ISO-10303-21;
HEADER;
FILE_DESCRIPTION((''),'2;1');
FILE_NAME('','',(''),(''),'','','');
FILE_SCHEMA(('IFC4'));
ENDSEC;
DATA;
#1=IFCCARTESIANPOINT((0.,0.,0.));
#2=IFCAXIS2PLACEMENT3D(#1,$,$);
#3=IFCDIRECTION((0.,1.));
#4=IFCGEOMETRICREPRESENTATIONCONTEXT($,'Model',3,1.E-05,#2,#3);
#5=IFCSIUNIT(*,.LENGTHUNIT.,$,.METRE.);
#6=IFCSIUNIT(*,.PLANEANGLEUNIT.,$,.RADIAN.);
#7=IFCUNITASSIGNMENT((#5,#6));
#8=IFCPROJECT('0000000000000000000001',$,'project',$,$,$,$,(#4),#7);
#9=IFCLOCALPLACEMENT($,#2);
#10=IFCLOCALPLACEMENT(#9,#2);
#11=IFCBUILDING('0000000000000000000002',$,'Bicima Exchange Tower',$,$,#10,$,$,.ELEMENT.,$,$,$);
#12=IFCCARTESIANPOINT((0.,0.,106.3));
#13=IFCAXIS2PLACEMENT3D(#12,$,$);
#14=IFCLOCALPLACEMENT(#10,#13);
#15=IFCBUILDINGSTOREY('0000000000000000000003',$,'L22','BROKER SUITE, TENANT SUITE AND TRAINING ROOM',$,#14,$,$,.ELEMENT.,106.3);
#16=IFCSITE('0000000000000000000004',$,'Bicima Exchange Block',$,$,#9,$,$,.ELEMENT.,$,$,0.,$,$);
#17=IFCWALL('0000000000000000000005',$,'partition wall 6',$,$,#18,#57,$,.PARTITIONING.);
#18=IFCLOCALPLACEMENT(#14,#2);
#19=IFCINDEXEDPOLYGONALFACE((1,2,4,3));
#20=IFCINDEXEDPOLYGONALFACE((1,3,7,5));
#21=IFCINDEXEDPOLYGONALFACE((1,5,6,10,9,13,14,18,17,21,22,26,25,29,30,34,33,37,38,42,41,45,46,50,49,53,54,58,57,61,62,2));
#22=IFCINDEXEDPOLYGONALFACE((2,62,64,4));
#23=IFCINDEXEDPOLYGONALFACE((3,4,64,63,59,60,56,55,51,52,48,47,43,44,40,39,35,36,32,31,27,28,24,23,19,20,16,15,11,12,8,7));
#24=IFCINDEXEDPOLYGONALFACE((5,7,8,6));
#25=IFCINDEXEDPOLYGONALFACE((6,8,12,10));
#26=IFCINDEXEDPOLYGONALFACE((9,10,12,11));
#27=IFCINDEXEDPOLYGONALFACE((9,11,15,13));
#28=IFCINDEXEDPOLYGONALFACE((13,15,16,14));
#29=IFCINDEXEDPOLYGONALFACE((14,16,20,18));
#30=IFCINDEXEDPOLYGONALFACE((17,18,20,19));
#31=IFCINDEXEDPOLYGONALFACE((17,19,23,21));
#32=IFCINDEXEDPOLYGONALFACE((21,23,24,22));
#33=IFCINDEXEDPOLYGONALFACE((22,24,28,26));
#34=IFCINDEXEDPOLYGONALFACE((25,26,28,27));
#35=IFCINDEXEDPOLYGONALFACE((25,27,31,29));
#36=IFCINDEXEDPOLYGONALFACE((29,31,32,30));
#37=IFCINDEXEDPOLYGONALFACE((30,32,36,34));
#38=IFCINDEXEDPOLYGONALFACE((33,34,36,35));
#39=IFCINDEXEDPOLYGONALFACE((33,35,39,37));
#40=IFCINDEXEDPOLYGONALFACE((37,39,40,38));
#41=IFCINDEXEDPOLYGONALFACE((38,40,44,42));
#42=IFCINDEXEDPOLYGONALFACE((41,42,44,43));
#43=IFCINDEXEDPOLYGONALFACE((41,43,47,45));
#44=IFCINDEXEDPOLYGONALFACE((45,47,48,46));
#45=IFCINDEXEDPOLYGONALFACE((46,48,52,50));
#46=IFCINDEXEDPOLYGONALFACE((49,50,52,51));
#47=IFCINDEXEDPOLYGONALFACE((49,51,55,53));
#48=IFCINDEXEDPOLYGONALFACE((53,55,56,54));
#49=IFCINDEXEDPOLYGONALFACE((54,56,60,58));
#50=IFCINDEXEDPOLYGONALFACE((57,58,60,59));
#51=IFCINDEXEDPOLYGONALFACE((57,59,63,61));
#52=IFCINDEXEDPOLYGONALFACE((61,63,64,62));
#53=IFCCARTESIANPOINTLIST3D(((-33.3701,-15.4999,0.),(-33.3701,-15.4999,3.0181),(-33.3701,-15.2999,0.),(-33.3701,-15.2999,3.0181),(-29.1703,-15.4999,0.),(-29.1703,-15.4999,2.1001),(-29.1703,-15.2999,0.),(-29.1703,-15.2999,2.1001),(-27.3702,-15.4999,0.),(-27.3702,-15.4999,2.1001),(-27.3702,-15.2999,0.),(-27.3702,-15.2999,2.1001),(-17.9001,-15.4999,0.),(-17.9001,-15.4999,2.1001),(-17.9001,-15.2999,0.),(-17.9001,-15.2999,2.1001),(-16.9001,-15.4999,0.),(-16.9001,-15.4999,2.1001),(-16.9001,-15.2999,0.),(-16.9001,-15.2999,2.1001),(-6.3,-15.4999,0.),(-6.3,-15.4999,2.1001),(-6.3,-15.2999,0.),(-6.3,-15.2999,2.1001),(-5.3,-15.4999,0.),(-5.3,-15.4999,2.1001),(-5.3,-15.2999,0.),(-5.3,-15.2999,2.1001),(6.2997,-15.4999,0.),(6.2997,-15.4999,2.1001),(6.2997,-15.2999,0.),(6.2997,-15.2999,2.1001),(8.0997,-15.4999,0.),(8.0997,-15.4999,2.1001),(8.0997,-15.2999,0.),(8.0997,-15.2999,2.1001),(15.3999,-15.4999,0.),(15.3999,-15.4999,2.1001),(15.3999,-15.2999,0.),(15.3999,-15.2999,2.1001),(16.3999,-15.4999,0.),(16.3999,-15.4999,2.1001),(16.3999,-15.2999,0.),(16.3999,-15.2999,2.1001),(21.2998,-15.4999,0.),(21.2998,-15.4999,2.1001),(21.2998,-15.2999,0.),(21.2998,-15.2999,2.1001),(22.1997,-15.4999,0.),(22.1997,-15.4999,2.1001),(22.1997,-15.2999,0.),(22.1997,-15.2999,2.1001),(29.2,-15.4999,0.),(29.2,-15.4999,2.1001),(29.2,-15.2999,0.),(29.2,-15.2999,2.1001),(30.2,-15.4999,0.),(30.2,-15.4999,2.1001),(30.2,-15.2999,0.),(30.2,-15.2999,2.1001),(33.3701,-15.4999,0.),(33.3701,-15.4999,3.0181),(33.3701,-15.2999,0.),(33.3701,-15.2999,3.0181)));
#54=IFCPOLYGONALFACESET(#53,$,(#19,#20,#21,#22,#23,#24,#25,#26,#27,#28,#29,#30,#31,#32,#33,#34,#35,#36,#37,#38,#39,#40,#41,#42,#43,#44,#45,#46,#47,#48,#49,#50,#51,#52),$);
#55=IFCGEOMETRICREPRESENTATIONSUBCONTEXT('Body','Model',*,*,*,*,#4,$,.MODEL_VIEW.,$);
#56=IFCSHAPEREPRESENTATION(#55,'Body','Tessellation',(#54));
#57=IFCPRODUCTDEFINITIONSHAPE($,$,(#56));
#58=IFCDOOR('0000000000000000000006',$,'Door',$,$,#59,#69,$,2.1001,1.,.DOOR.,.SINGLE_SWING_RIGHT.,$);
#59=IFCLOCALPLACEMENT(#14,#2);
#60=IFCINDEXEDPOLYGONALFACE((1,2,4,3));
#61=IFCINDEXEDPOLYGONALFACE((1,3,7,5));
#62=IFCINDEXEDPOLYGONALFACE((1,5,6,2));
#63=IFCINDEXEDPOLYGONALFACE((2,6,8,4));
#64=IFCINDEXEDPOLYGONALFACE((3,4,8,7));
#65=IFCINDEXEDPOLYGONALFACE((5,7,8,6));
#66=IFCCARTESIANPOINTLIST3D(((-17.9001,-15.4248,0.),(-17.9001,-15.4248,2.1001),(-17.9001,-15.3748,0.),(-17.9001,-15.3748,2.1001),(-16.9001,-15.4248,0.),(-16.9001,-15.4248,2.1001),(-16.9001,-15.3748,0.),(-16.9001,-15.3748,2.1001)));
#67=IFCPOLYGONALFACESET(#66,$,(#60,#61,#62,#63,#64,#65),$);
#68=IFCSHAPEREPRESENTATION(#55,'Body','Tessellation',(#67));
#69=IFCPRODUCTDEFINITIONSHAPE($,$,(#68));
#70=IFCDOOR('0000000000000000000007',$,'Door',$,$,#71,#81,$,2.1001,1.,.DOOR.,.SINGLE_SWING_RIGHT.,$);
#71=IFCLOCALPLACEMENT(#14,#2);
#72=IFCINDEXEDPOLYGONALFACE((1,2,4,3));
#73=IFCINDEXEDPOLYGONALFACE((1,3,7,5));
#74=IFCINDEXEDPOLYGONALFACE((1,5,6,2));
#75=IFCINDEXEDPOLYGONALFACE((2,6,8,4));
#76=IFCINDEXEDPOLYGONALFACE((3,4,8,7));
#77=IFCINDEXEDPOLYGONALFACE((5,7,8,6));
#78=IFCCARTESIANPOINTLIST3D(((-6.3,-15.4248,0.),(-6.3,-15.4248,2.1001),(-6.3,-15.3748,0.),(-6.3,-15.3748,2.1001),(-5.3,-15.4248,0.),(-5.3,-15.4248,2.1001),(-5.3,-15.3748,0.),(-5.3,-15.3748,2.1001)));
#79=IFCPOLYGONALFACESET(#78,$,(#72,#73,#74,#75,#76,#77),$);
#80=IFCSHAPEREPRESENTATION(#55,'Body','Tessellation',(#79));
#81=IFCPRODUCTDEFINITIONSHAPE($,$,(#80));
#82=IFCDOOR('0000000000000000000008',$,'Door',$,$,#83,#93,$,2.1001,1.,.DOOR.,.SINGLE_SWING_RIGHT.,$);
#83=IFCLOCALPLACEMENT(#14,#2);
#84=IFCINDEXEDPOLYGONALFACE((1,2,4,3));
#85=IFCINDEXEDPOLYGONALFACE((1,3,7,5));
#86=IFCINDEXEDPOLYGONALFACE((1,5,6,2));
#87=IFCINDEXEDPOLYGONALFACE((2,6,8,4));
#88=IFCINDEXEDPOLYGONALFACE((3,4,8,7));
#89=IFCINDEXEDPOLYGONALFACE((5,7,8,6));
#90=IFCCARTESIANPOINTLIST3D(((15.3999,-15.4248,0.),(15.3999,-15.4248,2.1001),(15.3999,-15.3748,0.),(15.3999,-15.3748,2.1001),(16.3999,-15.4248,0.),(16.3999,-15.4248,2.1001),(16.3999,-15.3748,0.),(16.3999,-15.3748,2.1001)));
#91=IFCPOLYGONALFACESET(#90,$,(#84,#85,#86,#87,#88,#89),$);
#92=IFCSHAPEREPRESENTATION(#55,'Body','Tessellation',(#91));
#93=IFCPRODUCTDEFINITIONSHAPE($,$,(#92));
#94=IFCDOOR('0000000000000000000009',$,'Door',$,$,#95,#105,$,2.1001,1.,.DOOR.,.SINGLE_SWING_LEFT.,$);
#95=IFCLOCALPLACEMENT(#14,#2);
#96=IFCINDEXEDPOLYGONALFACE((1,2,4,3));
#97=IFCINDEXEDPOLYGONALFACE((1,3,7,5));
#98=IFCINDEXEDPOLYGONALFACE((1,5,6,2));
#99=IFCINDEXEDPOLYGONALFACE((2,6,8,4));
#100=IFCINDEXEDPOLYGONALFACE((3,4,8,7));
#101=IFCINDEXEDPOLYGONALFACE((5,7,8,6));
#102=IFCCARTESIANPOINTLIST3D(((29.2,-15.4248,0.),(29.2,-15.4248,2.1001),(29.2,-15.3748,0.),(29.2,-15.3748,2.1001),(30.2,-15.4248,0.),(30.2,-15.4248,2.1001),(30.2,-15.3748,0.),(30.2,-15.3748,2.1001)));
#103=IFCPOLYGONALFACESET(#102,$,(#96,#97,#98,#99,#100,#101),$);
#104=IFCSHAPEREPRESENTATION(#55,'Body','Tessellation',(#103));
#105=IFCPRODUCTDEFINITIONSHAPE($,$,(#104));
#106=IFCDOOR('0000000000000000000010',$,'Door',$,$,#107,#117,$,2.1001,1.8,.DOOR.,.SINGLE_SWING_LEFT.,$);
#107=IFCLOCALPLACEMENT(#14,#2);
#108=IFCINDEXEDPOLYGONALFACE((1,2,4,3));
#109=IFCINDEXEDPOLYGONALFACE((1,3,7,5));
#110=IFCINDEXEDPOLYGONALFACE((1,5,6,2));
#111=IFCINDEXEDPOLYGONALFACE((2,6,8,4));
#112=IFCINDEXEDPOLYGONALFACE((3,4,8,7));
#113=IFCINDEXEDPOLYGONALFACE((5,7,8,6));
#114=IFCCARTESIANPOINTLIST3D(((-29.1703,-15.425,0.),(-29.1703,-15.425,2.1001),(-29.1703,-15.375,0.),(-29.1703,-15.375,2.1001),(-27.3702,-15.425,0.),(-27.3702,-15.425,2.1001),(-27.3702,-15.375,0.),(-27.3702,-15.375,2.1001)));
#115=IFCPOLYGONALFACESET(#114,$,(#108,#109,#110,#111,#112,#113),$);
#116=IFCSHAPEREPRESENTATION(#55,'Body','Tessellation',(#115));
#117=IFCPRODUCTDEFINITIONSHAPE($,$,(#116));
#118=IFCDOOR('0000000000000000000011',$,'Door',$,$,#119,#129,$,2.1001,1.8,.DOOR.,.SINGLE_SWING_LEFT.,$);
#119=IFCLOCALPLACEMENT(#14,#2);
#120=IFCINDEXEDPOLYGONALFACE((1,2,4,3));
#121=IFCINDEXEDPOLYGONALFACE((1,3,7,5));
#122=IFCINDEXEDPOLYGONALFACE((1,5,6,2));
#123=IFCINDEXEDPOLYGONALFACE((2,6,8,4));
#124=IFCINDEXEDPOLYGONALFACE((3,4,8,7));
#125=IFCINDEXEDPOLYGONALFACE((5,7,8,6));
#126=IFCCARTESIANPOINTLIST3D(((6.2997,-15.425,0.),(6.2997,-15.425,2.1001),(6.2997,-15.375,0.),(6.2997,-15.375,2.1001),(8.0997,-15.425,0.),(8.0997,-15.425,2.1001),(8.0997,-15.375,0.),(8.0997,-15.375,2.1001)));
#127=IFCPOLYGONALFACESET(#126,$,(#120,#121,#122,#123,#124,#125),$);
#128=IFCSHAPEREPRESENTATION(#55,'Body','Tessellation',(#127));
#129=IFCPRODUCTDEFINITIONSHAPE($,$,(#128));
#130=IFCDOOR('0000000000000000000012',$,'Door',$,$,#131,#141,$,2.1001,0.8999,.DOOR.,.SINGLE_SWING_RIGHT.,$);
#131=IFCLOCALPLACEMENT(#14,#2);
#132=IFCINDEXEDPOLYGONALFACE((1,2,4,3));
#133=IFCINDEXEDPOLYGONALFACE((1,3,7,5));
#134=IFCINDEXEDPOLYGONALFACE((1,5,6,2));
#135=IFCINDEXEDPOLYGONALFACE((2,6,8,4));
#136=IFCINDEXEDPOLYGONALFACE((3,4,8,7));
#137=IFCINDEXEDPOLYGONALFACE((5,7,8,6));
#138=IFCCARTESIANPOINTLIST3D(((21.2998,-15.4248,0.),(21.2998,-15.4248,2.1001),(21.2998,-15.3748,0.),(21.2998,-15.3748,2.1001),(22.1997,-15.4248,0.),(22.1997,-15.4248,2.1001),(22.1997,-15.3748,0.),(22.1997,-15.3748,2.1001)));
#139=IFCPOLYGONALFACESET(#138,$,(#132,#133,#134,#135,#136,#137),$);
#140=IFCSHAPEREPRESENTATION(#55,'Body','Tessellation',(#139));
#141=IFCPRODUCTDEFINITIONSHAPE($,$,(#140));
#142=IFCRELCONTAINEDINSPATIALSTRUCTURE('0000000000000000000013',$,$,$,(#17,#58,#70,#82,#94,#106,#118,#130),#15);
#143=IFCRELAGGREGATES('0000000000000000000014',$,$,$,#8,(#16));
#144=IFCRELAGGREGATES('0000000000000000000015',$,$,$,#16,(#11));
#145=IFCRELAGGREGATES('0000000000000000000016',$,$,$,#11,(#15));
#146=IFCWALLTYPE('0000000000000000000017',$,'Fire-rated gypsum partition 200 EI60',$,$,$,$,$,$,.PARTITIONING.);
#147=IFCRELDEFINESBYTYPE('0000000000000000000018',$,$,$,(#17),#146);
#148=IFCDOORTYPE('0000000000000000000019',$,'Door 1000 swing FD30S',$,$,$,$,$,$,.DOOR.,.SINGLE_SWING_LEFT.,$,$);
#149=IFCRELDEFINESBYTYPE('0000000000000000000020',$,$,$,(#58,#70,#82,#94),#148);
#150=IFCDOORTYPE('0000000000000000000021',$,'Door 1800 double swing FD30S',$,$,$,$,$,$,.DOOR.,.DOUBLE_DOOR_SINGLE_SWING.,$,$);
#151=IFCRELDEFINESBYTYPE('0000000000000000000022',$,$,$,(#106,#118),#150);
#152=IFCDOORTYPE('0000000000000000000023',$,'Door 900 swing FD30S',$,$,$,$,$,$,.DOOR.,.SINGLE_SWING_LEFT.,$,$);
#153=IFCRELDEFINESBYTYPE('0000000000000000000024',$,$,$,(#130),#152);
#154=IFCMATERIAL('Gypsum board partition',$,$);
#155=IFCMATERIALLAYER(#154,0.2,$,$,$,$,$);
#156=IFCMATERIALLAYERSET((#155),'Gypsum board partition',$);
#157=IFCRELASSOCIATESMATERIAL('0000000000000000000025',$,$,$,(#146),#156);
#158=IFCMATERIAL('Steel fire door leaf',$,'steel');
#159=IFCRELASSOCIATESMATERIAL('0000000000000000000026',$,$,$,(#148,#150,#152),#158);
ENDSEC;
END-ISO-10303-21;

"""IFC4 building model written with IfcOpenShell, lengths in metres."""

from ifc_helpers import new_model, si_unit, direction, frame, frame_2d, origin, place, context, subcontext, project, spatial, rectangle, extrude, material, layer, layer_set, type_object, element, fill, save


model = new_model("IFC4")

# Units and contexts
model_context = context("Model", 3, precision=1e-05, world=origin(), true_north=direction((0.0, 1.0)))
body_context = subcontext(model_context, "Body", "Model", "MODEL_VIEW")
ifc_project = project(units=[si_unit("LENGTHUNIT", "METRE"), si_unit("PLANEANGLEUNIT", "RADIAN")], contexts=[model_context])

# Site, building, storey
site_placement = place(None, origin())
site = spatial("IfcSite", under=ifc_project, at=site_placement, Name="Bicima Exchange Block", CompositionType="ELEMENT", RefElevation=0.0)
building_placement = place(site_placement, origin())
building = spatial("IfcBuilding", under=site, at=building_placement, Name="Bicima Exchange Tower", CompositionType="ELEMENT")
storey_placement = place(building_placement, frame((0.0, 0.0, 106.3)))
storey = spatial("IfcBuildingStorey", under=building, at=storey_placement, Name="L22", Description="BROKER SUITE, TENANT SUITE AND TRAINING ROOM", CompositionType="ELEMENT", Elevation=106.3)

# Wall, openings, doors
ifc_material_1 = material(Name="Gypsum board partition")
ifc_layer_1 = layer(ifc_material_1, 0.2)
ifc_layer_set_1 = layer_set([ifc_layer_1], Name="Gypsum board partition")
wall_type_1 = type_object("IfcWallType", Name="Fire-rated gypsum partition 200 EI60", PredefinedType="PARTITIONING", material=ifc_layer_set_1)
wall_1_placement = place(storey_placement, frame((-33.3701, -15.3999, 0.0), z_axis=(0.0, 0.0, 1.0), x_axis=(1.0, 0.0, 0.0)))
wall_1 = element("IfcWall", 1, at=wall_1_placement, inside=storey, type_object=wall_type_1, Name="partition wall 6", PredefinedType="PARTITIONING", context=body_context, shape_type="SweptSolid", body=[
    extrude(rectangle(XDim=66.7402, YDim=0.2, at=frame_2d((33.3701, 0.0))), origin(), (0.0, 0.0, 1.0), 3.0181),
])
opening_1_placement = place(wall_1_placement, frame((4.2, 0.0, 0.0)))
opening_1 = element("IfcOpeningElement", 2, at=opening_1_placement, cuts=wall_1, PredefinedType="OPENING", context=body_context, shape_type="SweptSolid", body=[
    extrude(rectangle(XDim=1.8, YDim=2.1001, at=frame_2d((0.8999, 1.05))), frame((0.0, 0.1118, 0.0), z_axis=(0.0, -1.0, 0.0), x_axis=(1.0, 0.0, 0.0)), (0.0, 0.0, 1.0), 0.2239),
])
opening_2_placement = place(wall_1_placement, frame((15.47, 0.0, 0.0)))
opening_2 = element("IfcOpeningElement", 3, at=opening_2_placement, cuts=wall_1, PredefinedType="OPENING", context=body_context, shape_type="SweptSolid", body=[
    extrude(rectangle(XDim=1.0, YDim=2.1001, at=frame_2d((0.5, 1.05))), frame((0.0, 0.1118, 0.0), z_axis=(0.0, -1.0, 0.0), x_axis=(1.0, 0.0, 0.0)), (0.0, 0.0, 1.0), 0.2239),
])
opening_3_placement = place(wall_1_placement, frame((27.0701, 0.0, 0.0)))
opening_3 = element("IfcOpeningElement", 4, at=opening_3_placement, cuts=wall_1, PredefinedType="OPENING", context=body_context, shape_type="SweptSolid", body=[
    extrude(rectangle(XDim=1.0, YDim=2.1001, at=frame_2d((0.5, 1.05))), frame((0.0, 0.1118, 0.0), z_axis=(0.0, -1.0, 0.0), x_axis=(1.0, 0.0, 0.0)), (0.0, 0.0, 1.0), 0.2239),
])
opening_4_placement = place(wall_1_placement, frame((39.6699, 0.0, 0.0)))
opening_4 = element("IfcOpeningElement", 5, at=opening_4_placement, cuts=wall_1, PredefinedType="OPENING", context=body_context, shape_type="SweptSolid", body=[
    extrude(rectangle(XDim=1.8, YDim=2.1001, at=frame_2d((0.8999, 1.05))), frame((0.0, 0.1118, 0.0), z_axis=(0.0, -1.0, 0.0), x_axis=(1.0, 0.0, 0.0)), (0.0, 0.0, 1.0), 0.2239),
])
opening_5_placement = place(wall_1_placement, frame((48.77, 0.0, 0.0)))
opening_5 = element("IfcOpeningElement", 6, at=opening_5_placement, cuts=wall_1, PredefinedType="OPENING", context=body_context, shape_type="SweptSolid", body=[
    extrude(rectangle(XDim=1.0, YDim=2.1001, at=frame_2d((0.5, 1.05))), frame((0.0, 0.1118, 0.0), z_axis=(0.0, -1.0, 0.0), x_axis=(1.0, 0.0, 0.0)), (0.0, 0.0, 1.0), 0.2239),
])
opening_6_placement = place(wall_1_placement, frame((54.6699, 0.0, 0.0)))
opening_6 = element("IfcOpeningElement", 7, at=opening_6_placement, cuts=wall_1, PredefinedType="OPENING", context=body_context, shape_type="SweptSolid", body=[
    extrude(rectangle(XDim=0.8999, YDim=2.1001, at=frame_2d((0.45, 1.05))), frame((0.0, 0.1118, 0.0), z_axis=(0.0, -1.0, 0.0), x_axis=(1.0, 0.0, 0.0)), (0.0, 0.0, 1.0), 0.2239),
])
opening_7_placement = place(wall_1_placement, frame((62.5701, 0.0, 0.0)))
opening_7 = element("IfcOpeningElement", 8, at=opening_7_placement, cuts=wall_1, PredefinedType="OPENING", context=body_context, shape_type="SweptSolid", body=[
    extrude(rectangle(XDim=1.0, YDim=2.1001, at=frame_2d((0.5, 1.05))), frame((0.0, 0.1118, 0.0), z_axis=(0.0, -1.0, 0.0), x_axis=(1.0, 0.0, 0.0)), (0.0, 0.0, 1.0), 0.2239),
])
ifc_material_2 = material(Name="Steel fire door leaf", Category="steel")
door_type_1 = type_object("IfcDoorType", Name="Door 1000 swing FD30S", OperationType="SINGLE_SWING_LEFT", PredefinedType="DOOR", material=ifc_material_2)
door_1_placement = place(opening_2_placement, frame((1.0, 0.0, 0.0), z_axis=(0.0, 0.0, 1.0), x_axis=(-1.0, 0.0, 0.0)))
door_1 = element("IfcDoor", 9, at=door_1_placement, inside=storey, type_object=door_type_1, Name="Door", OperationType="SINGLE_SWING_RIGHT", OverallHeight=2.1001, OverallWidth=1.0, PredefinedType="DOOR", context=body_context, shape_type="SweptSolid", body=[
    extrude(rectangle(XDim=1.0, YDim=2.1001, at=frame_2d((0.5, 1.05))), frame((0.0, 0.0249, 0.0), z_axis=(0.0, -1.0, 0.0), x_axis=(1.0, 0.0, 0.0)), (0.0, 0.0, 1.0), 0.05),
])
fill(opening_2, door_1)
door_2_placement = place(opening_3_placement, frame((1.0, 0.0, 0.0), z_axis=(0.0, 0.0, 1.0), x_axis=(-1.0, 0.0, 0.0)))
door_2 = element("IfcDoor", 10, at=door_2_placement, inside=storey, type_object=door_type_1, Name="Door", OperationType="SINGLE_SWING_RIGHT", OverallHeight=2.1001, OverallWidth=1.0, PredefinedType="DOOR", context=body_context, shape_type="SweptSolid", body=[
    extrude(rectangle(XDim=1.0, YDim=2.1001, at=frame_2d((0.5, 1.05))), frame((0.0, 0.0249, 0.0), z_axis=(0.0, -1.0, 0.0), x_axis=(1.0, 0.0, 0.0)), (0.0, 0.0, 1.0), 0.05),
])
fill(opening_3, door_2)
door_3_placement = place(opening_5_placement, frame((1.0, 0.0, 0.0), z_axis=(0.0, 0.0, 1.0), x_axis=(-1.0, 0.0, 0.0)))
door_3 = element("IfcDoor", 11, at=door_3_placement, inside=storey, type_object=door_type_1, Name="Door", OperationType="SINGLE_SWING_RIGHT", OverallHeight=2.1001, OverallWidth=1.0, PredefinedType="DOOR", context=body_context, shape_type="SweptSolid", body=[
    extrude(rectangle(XDim=1.0, YDim=2.1001, at=frame_2d((0.5, 1.05))), frame((0.0, 0.0249, 0.0), z_axis=(0.0, -1.0, 0.0), x_axis=(1.0, 0.0, 0.0)), (0.0, 0.0, 1.0), 0.05),
])
fill(opening_5, door_3)
door_4_placement = place(opening_7_placement, frame((1.0, 0.0, 0.0), z_axis=(0.0, 0.0, 1.0), x_axis=(-1.0, 0.0, 0.0)))
door_4 = element("IfcDoor", 12, at=door_4_placement, inside=storey, type_object=door_type_1, Name="Door", OperationType="SINGLE_SWING_LEFT", OverallHeight=2.1001, OverallWidth=1.0, PredefinedType="DOOR", context=body_context, shape_type="SweptSolid", body=[
    extrude(rectangle(XDim=1.0, YDim=2.1001, at=frame_2d((0.5, 1.05))), frame((0.0, 0.0249, 0.0), z_axis=(0.0, -1.0, 0.0), x_axis=(1.0, 0.0, 0.0)), (0.0, 0.0, 1.0), 0.05),
])
fill(opening_7, door_4)
door_type_2 = type_object("IfcDoorType", Name="Door 1800 double swing FD30S", OperationType="DOUBLE_DOOR_SINGLE_SWING", PredefinedType="DOOR", material=ifc_material_2)
door_5_placement = place(opening_1_placement, origin())
door_5 = element("IfcDoor", 13, at=door_5_placement, inside=storey, type_object=door_type_2, Name="Door", OperationType="SINGLE_SWING_LEFT", OverallHeight=2.1001, OverallWidth=1.8, PredefinedType="DOOR", context=body_context, shape_type="SweptSolid", body=[
    extrude(rectangle(XDim=1.8, YDim=2.1001, at=frame_2d((0.8999, 1.05))), frame((0.0, 0.0249, 0.0), z_axis=(0.0, -1.0, 0.0), x_axis=(1.0, 0.0, 0.0)), (0.0, 0.0, 1.0), 0.05),
])
fill(opening_1, door_5)
door_6_placement = place(opening_4_placement, origin())
door_6 = element("IfcDoor", 14, at=door_6_placement, inside=storey, type_object=door_type_2, Name="Door", OperationType="SINGLE_SWING_LEFT", OverallHeight=2.1001, OverallWidth=1.8, PredefinedType="DOOR", context=body_context, shape_type="SweptSolid", body=[
    extrude(rectangle(XDim=1.8, YDim=2.1001, at=frame_2d((0.8999, 1.05))), frame((0.0, 0.0249, 0.0), z_axis=(0.0, -1.0, 0.0), x_axis=(1.0, 0.0, 0.0)), (0.0, 0.0, 1.0), 0.05),
])
fill(opening_4, door_6)
door_type_3 = type_object("IfcDoorType", Name="Door 900 swing FD30S", OperationType="SINGLE_SWING_LEFT", PredefinedType="DOOR", material=ifc_material_2)
door_7_placement = place(opening_6_placement, frame((0.8999, 0.0, 0.0), z_axis=(0.0, 0.0, 1.0), x_axis=(-1.0, 0.0, 0.0)))
door_7 = element("IfcDoor", 15, at=door_7_placement, inside=storey, type_object=door_type_3, Name="Door", OperationType="SINGLE_SWING_RIGHT", OverallHeight=2.1001, OverallWidth=0.8999, PredefinedType="DOOR", context=body_context, shape_type="SweptSolid", body=[
    extrude(rectangle(XDim=0.8999, YDim=2.1001, at=frame_2d((0.45, 1.05))), frame((0.0, 0.0249, 0.0), z_axis=(0.0, -1.0, 0.0), x_axis=(1.0, 0.0, 0.0)), (0.0, 0.0, 1.0), 0.05),
])
fill(opening_6, door_7)

save(model, "model.ifc")
